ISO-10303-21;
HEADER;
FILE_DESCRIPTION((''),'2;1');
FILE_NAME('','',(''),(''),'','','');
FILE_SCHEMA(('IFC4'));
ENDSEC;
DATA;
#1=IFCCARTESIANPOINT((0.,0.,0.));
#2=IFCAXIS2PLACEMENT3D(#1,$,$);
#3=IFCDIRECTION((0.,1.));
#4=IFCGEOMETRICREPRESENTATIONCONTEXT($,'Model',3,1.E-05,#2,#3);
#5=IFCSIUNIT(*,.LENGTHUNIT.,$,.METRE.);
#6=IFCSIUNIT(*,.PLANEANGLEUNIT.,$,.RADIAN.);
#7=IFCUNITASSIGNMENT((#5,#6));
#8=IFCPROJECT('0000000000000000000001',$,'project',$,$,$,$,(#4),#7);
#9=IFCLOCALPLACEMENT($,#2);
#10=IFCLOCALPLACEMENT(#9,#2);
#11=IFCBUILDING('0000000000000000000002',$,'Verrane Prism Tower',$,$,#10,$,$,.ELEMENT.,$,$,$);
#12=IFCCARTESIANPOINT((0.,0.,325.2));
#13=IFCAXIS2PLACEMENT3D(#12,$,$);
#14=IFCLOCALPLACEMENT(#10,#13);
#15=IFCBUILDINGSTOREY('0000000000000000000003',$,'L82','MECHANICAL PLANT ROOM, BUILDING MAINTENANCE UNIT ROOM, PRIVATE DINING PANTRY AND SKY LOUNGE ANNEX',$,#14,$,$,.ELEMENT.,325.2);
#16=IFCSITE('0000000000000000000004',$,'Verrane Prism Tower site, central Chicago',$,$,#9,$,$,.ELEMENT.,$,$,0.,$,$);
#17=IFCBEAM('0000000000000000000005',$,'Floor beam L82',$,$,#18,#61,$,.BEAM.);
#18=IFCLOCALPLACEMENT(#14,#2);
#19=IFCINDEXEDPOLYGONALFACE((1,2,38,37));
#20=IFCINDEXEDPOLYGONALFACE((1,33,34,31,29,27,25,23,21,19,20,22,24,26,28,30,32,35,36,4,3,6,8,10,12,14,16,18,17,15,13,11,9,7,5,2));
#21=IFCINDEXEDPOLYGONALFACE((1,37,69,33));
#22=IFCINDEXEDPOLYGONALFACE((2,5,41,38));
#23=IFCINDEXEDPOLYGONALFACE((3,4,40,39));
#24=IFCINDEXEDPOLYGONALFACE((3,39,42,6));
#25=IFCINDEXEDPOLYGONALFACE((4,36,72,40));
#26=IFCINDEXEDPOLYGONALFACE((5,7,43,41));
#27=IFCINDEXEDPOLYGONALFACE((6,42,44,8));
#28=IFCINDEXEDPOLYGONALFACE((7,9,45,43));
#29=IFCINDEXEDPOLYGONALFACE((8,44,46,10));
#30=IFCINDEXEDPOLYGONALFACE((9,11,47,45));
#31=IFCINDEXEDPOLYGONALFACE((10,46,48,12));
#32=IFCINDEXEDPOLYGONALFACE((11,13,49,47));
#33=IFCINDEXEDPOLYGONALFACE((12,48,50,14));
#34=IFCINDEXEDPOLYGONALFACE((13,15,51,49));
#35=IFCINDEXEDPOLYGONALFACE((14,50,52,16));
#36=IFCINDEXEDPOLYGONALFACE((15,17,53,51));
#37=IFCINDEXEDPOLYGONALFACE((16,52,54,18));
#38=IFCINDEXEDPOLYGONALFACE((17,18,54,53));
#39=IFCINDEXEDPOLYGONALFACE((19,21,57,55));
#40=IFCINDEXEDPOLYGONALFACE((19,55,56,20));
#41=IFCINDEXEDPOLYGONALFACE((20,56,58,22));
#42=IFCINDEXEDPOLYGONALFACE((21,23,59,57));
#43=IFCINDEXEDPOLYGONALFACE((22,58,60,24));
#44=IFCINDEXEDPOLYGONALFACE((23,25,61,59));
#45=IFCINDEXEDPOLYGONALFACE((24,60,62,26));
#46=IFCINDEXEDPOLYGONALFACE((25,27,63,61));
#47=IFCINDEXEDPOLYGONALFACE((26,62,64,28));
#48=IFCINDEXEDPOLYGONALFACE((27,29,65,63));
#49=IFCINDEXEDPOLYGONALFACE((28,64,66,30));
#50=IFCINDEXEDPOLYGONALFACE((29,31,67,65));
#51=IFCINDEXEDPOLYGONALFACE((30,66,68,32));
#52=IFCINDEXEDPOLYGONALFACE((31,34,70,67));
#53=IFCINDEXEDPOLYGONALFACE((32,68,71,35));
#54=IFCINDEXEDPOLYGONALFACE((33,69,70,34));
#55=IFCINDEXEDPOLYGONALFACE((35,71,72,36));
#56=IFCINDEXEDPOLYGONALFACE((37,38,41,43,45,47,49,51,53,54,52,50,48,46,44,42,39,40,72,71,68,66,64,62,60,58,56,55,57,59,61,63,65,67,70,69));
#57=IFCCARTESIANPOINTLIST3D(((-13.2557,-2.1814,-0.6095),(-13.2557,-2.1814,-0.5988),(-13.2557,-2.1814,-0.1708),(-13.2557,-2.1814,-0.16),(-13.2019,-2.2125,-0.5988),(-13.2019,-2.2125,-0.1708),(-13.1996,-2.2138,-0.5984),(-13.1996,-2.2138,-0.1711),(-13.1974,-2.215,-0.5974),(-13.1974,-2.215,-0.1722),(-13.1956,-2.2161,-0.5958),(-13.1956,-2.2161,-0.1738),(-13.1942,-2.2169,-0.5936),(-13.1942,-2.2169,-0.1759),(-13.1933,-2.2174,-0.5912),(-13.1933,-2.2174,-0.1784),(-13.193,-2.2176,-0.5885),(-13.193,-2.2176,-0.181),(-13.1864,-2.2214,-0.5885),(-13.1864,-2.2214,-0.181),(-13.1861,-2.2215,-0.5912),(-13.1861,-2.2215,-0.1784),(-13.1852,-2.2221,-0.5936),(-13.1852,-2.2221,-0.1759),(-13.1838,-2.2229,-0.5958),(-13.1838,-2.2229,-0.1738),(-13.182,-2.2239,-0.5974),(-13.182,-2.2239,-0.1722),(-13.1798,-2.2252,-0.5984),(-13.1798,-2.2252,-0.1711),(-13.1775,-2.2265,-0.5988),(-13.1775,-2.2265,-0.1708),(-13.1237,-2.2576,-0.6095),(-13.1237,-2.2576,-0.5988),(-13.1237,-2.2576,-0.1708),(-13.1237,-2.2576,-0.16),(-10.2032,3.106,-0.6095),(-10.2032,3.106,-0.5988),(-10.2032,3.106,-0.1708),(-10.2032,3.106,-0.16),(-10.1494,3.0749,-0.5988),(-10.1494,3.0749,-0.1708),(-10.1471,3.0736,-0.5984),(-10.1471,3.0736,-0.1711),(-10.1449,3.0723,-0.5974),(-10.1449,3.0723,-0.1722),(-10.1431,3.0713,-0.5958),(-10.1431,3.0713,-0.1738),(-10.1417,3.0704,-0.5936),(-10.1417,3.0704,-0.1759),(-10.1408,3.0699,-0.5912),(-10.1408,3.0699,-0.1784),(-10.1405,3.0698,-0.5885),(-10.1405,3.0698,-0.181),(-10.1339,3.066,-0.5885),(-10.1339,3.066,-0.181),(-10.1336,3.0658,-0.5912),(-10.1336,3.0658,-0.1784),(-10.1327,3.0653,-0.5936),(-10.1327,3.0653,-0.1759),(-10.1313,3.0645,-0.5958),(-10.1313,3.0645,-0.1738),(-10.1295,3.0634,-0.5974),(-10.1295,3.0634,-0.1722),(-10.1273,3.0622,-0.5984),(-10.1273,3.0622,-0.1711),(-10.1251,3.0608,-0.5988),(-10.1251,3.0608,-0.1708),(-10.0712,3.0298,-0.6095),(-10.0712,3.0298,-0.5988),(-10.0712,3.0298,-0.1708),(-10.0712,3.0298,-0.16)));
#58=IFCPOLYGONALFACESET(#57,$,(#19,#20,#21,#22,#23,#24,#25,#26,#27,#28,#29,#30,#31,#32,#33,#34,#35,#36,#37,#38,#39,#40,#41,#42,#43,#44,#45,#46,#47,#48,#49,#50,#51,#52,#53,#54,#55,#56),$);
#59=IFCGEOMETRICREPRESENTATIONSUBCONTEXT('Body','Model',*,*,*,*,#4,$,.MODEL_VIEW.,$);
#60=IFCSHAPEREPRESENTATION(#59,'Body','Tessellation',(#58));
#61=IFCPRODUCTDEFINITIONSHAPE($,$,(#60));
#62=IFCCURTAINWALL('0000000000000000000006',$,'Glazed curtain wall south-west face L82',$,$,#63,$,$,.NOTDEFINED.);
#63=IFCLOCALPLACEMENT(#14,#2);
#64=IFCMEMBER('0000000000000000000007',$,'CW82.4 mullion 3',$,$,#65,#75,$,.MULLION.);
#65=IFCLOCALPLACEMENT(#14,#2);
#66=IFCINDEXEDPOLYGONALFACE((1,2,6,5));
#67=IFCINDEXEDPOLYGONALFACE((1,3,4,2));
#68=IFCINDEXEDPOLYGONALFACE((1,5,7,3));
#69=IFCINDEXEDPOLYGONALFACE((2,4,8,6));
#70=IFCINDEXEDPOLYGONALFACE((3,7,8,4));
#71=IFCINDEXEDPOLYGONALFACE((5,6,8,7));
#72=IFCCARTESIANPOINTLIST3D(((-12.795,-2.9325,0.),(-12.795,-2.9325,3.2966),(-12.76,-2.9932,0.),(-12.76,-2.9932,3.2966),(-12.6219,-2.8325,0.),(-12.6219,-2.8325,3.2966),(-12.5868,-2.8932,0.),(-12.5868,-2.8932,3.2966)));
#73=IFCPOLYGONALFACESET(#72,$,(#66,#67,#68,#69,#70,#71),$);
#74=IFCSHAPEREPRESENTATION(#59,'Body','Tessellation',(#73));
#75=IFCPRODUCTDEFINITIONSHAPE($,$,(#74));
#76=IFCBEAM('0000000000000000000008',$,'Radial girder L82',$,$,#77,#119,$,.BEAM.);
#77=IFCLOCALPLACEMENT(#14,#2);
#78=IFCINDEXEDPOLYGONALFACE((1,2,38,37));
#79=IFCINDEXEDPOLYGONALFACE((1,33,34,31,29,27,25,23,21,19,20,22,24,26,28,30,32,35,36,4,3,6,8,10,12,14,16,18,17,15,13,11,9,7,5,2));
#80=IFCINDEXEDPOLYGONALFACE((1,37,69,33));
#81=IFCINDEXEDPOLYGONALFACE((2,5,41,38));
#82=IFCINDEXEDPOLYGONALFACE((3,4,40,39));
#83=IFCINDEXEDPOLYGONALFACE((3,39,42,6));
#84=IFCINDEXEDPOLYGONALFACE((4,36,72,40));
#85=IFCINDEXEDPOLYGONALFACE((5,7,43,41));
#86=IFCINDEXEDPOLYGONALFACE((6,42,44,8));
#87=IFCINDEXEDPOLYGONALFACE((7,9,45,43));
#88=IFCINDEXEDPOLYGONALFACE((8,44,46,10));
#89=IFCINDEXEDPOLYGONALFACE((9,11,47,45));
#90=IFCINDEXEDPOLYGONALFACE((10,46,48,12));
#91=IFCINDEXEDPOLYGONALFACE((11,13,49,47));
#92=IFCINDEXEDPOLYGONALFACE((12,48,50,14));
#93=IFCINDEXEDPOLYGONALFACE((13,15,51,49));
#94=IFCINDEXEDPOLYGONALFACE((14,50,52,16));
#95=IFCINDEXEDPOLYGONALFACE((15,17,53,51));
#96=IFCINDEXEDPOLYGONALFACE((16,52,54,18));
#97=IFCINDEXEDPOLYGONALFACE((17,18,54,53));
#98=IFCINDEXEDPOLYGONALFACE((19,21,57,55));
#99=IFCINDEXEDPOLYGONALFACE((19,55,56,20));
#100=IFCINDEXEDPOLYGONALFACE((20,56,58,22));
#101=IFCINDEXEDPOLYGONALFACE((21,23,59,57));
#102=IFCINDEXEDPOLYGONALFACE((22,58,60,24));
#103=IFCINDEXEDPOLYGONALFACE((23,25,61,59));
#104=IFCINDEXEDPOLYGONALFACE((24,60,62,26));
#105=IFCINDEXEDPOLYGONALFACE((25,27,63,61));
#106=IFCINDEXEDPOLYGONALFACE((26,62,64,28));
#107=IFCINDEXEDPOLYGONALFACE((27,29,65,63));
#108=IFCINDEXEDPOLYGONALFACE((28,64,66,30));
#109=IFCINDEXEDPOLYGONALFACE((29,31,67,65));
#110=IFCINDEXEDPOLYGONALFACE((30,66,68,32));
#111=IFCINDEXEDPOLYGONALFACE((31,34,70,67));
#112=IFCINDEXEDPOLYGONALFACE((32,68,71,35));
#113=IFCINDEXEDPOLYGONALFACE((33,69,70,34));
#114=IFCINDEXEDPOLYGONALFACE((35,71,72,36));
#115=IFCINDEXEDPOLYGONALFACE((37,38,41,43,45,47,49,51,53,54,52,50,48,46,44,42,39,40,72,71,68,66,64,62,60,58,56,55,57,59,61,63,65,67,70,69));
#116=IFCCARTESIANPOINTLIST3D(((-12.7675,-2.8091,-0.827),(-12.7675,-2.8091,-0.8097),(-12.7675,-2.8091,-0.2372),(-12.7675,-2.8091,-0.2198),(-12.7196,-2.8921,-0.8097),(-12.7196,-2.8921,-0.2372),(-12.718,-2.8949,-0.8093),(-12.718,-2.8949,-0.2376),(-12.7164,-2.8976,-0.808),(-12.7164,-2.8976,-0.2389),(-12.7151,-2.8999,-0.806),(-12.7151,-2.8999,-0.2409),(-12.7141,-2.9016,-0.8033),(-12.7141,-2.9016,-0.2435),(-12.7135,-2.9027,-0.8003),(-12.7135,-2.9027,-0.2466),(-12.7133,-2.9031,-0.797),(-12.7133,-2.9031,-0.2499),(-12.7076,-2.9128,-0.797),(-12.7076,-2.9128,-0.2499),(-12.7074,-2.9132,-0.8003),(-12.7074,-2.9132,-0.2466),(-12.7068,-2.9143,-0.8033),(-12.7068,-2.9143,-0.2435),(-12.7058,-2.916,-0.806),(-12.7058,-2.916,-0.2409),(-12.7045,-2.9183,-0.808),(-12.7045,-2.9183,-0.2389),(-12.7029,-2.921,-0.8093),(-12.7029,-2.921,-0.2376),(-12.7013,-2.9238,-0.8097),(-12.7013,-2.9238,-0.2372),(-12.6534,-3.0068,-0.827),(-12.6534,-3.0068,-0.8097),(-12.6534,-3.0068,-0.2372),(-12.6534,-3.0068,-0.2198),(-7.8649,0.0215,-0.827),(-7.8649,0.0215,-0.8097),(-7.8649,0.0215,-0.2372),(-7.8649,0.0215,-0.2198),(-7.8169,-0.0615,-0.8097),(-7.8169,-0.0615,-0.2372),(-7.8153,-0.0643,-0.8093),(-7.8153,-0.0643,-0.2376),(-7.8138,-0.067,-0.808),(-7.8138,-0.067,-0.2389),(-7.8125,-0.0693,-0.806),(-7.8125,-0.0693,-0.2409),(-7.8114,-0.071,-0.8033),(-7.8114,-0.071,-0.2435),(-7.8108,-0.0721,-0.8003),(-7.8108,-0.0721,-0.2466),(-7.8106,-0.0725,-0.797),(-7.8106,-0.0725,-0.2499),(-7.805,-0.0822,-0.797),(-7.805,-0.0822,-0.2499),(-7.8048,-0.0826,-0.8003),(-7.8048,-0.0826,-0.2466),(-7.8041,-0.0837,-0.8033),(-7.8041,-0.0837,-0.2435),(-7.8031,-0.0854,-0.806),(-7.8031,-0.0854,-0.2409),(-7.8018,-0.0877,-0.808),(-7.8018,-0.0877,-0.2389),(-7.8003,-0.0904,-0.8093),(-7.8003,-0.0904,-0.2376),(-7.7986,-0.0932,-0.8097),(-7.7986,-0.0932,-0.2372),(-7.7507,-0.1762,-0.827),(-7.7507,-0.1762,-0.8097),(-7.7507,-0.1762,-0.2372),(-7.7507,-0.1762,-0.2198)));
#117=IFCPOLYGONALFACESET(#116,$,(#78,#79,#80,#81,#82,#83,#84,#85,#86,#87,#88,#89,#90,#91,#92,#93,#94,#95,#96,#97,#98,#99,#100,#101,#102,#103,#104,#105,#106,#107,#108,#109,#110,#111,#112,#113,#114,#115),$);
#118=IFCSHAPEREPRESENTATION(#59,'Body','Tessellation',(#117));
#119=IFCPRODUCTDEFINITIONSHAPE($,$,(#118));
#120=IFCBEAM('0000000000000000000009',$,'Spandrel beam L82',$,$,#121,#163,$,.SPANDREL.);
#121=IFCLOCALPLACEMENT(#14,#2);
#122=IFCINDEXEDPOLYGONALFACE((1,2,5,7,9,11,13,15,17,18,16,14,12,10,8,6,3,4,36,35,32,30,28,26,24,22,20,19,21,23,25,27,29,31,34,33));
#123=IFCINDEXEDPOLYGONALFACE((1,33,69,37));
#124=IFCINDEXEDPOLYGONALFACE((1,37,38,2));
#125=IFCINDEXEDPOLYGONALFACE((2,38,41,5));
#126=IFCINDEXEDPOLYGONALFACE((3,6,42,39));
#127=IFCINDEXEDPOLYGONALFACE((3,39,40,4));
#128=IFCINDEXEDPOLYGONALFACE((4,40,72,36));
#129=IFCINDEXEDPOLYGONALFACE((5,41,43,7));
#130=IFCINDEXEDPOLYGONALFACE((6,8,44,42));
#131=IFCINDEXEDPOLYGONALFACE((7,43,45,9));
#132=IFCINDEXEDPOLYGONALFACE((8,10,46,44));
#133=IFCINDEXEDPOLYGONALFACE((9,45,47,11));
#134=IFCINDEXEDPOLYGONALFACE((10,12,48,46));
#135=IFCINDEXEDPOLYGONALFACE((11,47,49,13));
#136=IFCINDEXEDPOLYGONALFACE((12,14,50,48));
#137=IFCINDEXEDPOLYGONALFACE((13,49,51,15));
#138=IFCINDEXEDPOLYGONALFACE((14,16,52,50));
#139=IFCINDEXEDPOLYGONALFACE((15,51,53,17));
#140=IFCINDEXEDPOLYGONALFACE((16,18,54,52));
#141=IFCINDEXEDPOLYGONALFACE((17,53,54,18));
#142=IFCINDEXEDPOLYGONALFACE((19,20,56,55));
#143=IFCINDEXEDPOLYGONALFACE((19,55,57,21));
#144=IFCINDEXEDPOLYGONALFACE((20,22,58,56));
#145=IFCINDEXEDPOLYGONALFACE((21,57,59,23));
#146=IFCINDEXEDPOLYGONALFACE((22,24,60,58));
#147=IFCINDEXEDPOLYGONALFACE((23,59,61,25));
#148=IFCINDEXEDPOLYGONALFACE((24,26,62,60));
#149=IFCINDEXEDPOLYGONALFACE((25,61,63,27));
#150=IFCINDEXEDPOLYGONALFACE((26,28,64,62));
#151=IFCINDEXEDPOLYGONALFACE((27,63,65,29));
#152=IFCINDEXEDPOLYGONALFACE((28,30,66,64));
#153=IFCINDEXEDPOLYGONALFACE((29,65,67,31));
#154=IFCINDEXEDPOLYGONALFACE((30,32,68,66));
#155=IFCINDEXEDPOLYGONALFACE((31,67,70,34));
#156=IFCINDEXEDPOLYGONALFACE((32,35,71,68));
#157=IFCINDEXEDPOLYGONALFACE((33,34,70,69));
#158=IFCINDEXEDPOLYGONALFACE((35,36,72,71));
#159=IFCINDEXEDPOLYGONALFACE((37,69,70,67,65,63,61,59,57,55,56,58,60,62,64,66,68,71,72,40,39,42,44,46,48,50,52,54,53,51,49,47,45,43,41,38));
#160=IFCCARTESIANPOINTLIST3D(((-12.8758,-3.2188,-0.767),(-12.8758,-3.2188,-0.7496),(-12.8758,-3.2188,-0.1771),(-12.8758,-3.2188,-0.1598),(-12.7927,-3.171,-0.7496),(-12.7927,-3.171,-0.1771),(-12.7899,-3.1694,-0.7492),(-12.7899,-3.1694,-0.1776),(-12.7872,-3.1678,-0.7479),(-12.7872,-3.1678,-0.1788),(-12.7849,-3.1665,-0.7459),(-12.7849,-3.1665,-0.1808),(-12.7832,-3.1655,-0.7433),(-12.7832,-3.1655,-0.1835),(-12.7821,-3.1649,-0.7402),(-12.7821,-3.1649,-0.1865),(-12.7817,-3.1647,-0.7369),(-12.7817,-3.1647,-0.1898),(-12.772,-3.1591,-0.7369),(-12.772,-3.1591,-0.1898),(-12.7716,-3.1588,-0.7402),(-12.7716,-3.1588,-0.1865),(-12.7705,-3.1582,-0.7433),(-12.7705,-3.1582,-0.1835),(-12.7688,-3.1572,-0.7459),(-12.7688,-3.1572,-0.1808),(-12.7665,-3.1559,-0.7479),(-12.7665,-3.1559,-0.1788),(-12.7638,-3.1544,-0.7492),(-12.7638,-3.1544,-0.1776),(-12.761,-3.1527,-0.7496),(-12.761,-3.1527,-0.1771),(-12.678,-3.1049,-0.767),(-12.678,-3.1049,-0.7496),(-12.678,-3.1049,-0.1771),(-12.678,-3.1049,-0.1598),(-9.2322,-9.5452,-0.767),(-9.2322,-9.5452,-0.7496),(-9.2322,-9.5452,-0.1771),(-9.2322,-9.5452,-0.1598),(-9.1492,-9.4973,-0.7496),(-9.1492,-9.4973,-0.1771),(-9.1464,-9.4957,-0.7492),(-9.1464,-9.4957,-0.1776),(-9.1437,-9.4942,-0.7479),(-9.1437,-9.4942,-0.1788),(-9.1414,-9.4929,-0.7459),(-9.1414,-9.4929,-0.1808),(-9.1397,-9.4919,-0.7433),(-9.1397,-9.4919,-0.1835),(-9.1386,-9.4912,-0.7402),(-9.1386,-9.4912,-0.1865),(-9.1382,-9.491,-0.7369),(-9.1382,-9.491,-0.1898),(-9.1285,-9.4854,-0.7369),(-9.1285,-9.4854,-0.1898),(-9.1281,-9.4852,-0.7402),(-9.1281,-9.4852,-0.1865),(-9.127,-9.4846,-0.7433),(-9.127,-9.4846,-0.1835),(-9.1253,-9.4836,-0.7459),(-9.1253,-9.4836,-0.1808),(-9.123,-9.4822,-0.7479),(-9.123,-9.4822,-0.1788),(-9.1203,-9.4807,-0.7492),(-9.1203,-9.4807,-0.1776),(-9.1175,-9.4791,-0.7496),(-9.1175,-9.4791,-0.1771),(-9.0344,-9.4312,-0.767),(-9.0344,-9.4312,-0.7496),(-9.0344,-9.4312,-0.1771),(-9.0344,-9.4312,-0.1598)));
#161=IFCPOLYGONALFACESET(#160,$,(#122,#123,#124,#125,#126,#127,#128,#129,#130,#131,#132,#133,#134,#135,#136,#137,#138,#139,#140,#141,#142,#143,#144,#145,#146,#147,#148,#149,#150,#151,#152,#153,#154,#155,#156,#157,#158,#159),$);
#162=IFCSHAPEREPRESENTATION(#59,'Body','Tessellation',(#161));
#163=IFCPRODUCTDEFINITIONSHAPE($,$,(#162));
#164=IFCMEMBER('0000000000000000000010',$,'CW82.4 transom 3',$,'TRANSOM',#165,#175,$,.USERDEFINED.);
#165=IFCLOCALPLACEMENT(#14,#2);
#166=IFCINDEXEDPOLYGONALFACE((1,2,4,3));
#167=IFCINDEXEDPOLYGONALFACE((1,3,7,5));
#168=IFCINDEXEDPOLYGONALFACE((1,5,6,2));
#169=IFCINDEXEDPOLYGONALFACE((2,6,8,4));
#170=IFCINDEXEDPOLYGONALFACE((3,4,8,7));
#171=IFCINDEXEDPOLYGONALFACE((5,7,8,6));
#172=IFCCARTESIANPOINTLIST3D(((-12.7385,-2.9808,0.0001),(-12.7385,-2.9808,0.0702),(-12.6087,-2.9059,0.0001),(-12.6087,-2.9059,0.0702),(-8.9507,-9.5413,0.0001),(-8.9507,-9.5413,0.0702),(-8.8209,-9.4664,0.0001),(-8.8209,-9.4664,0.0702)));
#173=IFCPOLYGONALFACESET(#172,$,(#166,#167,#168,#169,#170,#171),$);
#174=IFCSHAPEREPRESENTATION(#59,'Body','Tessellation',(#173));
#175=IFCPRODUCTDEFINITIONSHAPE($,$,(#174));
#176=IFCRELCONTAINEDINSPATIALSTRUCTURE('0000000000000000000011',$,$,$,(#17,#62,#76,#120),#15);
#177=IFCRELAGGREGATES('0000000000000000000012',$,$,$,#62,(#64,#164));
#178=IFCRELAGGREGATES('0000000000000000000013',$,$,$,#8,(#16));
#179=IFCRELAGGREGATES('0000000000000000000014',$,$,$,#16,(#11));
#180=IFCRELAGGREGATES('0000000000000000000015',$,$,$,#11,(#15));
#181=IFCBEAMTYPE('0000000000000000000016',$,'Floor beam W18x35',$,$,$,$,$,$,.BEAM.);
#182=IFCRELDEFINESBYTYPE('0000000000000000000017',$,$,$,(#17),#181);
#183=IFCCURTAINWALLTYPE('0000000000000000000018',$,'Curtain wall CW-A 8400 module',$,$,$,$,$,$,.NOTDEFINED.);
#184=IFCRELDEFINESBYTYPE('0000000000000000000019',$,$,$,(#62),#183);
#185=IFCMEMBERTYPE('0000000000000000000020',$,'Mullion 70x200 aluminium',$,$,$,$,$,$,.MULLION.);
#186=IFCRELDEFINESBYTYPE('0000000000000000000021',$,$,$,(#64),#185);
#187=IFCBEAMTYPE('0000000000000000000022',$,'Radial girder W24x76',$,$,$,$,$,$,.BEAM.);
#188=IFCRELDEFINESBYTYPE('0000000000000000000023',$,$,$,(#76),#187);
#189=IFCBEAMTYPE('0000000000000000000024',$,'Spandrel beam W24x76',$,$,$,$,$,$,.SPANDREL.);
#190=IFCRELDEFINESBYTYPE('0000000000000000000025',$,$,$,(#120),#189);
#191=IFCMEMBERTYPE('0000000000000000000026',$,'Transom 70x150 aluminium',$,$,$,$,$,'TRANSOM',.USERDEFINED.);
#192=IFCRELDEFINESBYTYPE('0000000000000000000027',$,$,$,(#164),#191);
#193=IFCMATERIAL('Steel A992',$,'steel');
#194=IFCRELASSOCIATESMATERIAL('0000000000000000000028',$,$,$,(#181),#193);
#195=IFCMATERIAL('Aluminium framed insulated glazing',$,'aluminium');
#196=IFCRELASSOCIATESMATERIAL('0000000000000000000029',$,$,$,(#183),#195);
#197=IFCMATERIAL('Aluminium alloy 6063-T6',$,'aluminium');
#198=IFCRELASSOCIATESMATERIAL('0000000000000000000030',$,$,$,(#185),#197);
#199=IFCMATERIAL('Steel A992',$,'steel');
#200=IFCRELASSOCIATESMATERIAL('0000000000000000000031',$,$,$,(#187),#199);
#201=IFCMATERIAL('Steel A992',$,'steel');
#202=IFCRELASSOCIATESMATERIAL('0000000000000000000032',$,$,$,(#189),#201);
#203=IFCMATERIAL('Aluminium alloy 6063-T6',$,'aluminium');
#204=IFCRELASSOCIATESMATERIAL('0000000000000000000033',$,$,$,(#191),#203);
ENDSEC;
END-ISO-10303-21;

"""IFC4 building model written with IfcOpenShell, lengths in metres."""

from ifc_helpers import new_model, si_unit, direction, frame, origin, origin_2d, place, context, subcontext, project, spatial, rectangle, i_section, extrude, material, material_profile, profile_set, type_object, element, aggregate, save


model = new_model("IFC4")

# Units and contexts
model_context = context("Model", 3, precision=1e-05, world=origin(), true_north=direction((0.0, 1.0)))
body_context = subcontext(model_context, "Body", "Model", "MODEL_VIEW")
ifc_project = project(units=[si_unit("LENGTHUNIT", "METRE"), si_unit("PLANEANGLEUNIT", "RADIAN")], contexts=[model_context])

# Site, building, storey
site_placement = place(None, origin())
site = spatial("IfcSite", under=ifc_project, at=site_placement, Name="Verrane Prism Tower site, central Chicago", CompositionType="ELEMENT", RefElevation=0.0)
building_placement = place(site_placement, origin())
building = spatial("IfcBuilding", under=site, at=building_placement, Name="Verrane Prism Tower", CompositionType="ELEMENT")
storey_placement = place(building_placement, frame((0.0, 0.0, 325.2)))
storey = spatial("IfcBuildingStorey", under=building, at=storey_placement, Name="L82", Description="MECHANICAL PLANT ROOM, BUILDING MAINTENANCE UNIT ROOM, PRIVATE DINING PANTRY AND SKY LOUNGE ANNEX", CompositionType="ELEMENT", Elevation=325.2)

# Beam
ifc_material_1 = material(Name="Steel A992", Category="steel")
ifc_material_profile_1 = material_profile(ifc_material_1, i_section(OverallWidth=0.1523, OverallDepth=0.4495, WebThickness=0.0076, FlangeThickness=0.0107, FilletRadius=0.0103, at=origin_2d()), Name="W18x35")
ifc_profile_set_1 = profile_set([ifc_material_profile_1], Name="Steel A992")
beam_type_1 = type_object("IfcBeamType", Name="Floor beam W18x35", PredefinedType="BEAM", material=ifc_profile_set_1)
beam_1_placement = place(storey_placement, frame((-13.1897, -2.2195, -0.3848), z_axis=(0.49998, 0.866037, 0.0), x_axis=(-0.866037, 0.49998, 0.0)))
element("IfcBeam", 1, at=beam_1_placement, inside=storey, type_object=beam_type_1, Name="Floor beam L82", PredefinedType="BEAM", context=body_context, shape_type="SweptSolid", body=[
    extrude(i_section(OverallWidth=0.1523, OverallDepth=0.4495, WebThickness=0.0076, FlangeThickness=0.0107, FilletRadius=0.0103, at=origin_2d()), origin(), (0.0, 0.0, 1.0), 6.1052),
])

# Curtain wall, member
ifc_material_2 = material(Name="Aluminium framed insulated glazing", Category="aluminium")
curtain_wall_type = type_object("IfcCurtainWallType", Name="Curtain wall CW-A 8400 module", PredefinedType="NOTDEFINED", material=ifc_material_2)
curtain_wall_placement = place(storey_placement, origin())
curtain_wall = element("IfcCurtainWall", 2, at=curtain_wall_placement, inside=storey, type_object=curtain_wall_type, Name="Glazed curtain wall south-west face L82", PredefinedType="NOTDEFINED")
ifc_material_3 = material(Name="Aluminium alloy 6063-T6", Category="aluminium")
ifc_material_profile_2 = material_profile(ifc_material_3, rectangle(XDim=0.2, YDim=0.0701, at=origin_2d()), Name="Mullion 70x200 aluminium")
ifc_profile_set_2 = profile_set([ifc_material_profile_2], Name="Aluminium alloy 6063-T6")
member_type_1 = type_object("IfcMemberType", Name="Mullion 70x200 aluminium", PredefinedType="MULLION", material=ifc_profile_set_2)
member_1_placement = place(storey_placement, frame((-12.6909, -2.9128, 0.0), z_axis=(0.0, 0.0, 1.0), x_axis=(0.866025, 0.5, 0.0)))
member_1 = element("IfcMember", 3, at=member_1_placement, type_object=member_type_1, Name="CW82.4 mullion 3", PredefinedType="MULLION", context=body_context, shape_type="SweptSolid", body=[
    extrude(rectangle(XDim=0.2, YDim=0.0701, at=origin_2d()), origin(), (0.0, 0.0, 1.0), 3.2966),
])

# Beams
ifc_material_4 = material(Name="Steel A992", Category="steel")
ifc_material_profile_3 = material_profile(ifc_material_4, i_section(OverallWidth=0.2283, OverallDepth=0.6072, WebThickness=0.0112, FlangeThickness=0.0173, FilletRadius=0.0127, at=origin_2d()), Name="W24x76")
ifc_profile_set_3 = profile_set([ifc_material_profile_3], Name="Steel A992")
beam_type_2 = type_object("IfcBeamType", Name="Radial girder W24x76", PredefinedType="BEAM", material=ifc_profile_set_3)
beam_2_placement = place(storey_placement, frame((-12.7104, -2.908, -0.5234), z_axis=(0.866021, 0.500007, 0.0), x_axis=(-0.500007, 0.866021, 0.0)))
element("IfcBeam", 4, at=beam_2_placement, inside=storey, type_object=beam_type_2, Name="Radial girder L82", PredefinedType="BEAM", context=body_context, shape_type="SweptSolid", body=[
    extrude(i_section(OverallWidth=0.2283, OverallDepth=0.6072, WebThickness=0.0112, FlangeThickness=0.0173, FilletRadius=0.0127, at=origin_2d()), origin(), (0.0, 0.0, 1.0), 5.6611),
])
ifc_material_5 = material(Name="Steel A992", Category="steel")
ifc_material_profile_4 = material_profile(ifc_material_5, i_section(OverallWidth=0.2283, OverallDepth=0.6072, WebThickness=0.0112, FlangeThickness=0.0173, FilletRadius=0.0127, at=origin_2d()), Name="W24x76")
ifc_profile_set_4 = profile_set([ifc_material_profile_4], Name="Steel A992")
beam_type_3 = type_object("IfcBeamType", Name="Spandrel beam W24x76", PredefinedType="SPANDREL", material=ifc_profile_set_4)
beam_3_placement = place(storey_placement, frame((-12.7769, -3.1619, -0.4634), z_axis=(0.499075, -0.866559, 0.0), x_axis=(0.866559, 0.499075, 0.0)))
element("IfcBeam", 5, at=beam_3_placement, inside=storey, type_object=beam_type_3, Name="Spandrel beam L82", PredefinedType="SPANDREL", context=body_context, shape_type="SweptSolid", body=[
    extrude(i_section(OverallWidth=0.2283, OverallDepth=0.6072, WebThickness=0.0112, FlangeThickness=0.0173, FilletRadius=0.0127, at=origin_2d()), origin(), (0.0, 0.0, 1.0), 7.3005),
])

# Member
ifc_material_6 = material(Name="Aluminium alloy 6063-T6", Category="aluminium")
ifc_material_profile_5 = material_profile(ifc_material_6, rectangle(XDim=0.1499, YDim=0.0701, at=origin_2d()), Name="Transom 70x150 aluminium")
ifc_profile_set_5 = profile_set([ifc_material_profile_5], Name="Aluminium alloy 6063-T6")
member_type_2 = type_object("IfcMemberType", Name="Transom 70x150 aluminium", ElementType="TRANSOM", PredefinedType="USERDEFINED", material=ifc_profile_set_5)
member_2_placement = place(storey_placement, frame((-12.6736, -2.9434, 0.0352), z_axis=(0.500011, -0.866019, 0.0), x_axis=(0.866019, 0.500011, 0.0)))
member_2 = element("IfcMember", 6, at=member_2_placement, type_object=member_type_2, Name="CW82.4 transom 3", ObjectType="TRANSOM", PredefinedType="USERDEFINED", context=body_context, shape_type="SweptSolid", body=[
    extrude(rectangle(XDim=0.1499, YDim=0.0701, at=origin_2d()), origin(), (0.0, 0.0, 1.0), 7.5754),
])

aggregate(curtain_wall, [member_1, member_2])

save(model, "model.ifc")
